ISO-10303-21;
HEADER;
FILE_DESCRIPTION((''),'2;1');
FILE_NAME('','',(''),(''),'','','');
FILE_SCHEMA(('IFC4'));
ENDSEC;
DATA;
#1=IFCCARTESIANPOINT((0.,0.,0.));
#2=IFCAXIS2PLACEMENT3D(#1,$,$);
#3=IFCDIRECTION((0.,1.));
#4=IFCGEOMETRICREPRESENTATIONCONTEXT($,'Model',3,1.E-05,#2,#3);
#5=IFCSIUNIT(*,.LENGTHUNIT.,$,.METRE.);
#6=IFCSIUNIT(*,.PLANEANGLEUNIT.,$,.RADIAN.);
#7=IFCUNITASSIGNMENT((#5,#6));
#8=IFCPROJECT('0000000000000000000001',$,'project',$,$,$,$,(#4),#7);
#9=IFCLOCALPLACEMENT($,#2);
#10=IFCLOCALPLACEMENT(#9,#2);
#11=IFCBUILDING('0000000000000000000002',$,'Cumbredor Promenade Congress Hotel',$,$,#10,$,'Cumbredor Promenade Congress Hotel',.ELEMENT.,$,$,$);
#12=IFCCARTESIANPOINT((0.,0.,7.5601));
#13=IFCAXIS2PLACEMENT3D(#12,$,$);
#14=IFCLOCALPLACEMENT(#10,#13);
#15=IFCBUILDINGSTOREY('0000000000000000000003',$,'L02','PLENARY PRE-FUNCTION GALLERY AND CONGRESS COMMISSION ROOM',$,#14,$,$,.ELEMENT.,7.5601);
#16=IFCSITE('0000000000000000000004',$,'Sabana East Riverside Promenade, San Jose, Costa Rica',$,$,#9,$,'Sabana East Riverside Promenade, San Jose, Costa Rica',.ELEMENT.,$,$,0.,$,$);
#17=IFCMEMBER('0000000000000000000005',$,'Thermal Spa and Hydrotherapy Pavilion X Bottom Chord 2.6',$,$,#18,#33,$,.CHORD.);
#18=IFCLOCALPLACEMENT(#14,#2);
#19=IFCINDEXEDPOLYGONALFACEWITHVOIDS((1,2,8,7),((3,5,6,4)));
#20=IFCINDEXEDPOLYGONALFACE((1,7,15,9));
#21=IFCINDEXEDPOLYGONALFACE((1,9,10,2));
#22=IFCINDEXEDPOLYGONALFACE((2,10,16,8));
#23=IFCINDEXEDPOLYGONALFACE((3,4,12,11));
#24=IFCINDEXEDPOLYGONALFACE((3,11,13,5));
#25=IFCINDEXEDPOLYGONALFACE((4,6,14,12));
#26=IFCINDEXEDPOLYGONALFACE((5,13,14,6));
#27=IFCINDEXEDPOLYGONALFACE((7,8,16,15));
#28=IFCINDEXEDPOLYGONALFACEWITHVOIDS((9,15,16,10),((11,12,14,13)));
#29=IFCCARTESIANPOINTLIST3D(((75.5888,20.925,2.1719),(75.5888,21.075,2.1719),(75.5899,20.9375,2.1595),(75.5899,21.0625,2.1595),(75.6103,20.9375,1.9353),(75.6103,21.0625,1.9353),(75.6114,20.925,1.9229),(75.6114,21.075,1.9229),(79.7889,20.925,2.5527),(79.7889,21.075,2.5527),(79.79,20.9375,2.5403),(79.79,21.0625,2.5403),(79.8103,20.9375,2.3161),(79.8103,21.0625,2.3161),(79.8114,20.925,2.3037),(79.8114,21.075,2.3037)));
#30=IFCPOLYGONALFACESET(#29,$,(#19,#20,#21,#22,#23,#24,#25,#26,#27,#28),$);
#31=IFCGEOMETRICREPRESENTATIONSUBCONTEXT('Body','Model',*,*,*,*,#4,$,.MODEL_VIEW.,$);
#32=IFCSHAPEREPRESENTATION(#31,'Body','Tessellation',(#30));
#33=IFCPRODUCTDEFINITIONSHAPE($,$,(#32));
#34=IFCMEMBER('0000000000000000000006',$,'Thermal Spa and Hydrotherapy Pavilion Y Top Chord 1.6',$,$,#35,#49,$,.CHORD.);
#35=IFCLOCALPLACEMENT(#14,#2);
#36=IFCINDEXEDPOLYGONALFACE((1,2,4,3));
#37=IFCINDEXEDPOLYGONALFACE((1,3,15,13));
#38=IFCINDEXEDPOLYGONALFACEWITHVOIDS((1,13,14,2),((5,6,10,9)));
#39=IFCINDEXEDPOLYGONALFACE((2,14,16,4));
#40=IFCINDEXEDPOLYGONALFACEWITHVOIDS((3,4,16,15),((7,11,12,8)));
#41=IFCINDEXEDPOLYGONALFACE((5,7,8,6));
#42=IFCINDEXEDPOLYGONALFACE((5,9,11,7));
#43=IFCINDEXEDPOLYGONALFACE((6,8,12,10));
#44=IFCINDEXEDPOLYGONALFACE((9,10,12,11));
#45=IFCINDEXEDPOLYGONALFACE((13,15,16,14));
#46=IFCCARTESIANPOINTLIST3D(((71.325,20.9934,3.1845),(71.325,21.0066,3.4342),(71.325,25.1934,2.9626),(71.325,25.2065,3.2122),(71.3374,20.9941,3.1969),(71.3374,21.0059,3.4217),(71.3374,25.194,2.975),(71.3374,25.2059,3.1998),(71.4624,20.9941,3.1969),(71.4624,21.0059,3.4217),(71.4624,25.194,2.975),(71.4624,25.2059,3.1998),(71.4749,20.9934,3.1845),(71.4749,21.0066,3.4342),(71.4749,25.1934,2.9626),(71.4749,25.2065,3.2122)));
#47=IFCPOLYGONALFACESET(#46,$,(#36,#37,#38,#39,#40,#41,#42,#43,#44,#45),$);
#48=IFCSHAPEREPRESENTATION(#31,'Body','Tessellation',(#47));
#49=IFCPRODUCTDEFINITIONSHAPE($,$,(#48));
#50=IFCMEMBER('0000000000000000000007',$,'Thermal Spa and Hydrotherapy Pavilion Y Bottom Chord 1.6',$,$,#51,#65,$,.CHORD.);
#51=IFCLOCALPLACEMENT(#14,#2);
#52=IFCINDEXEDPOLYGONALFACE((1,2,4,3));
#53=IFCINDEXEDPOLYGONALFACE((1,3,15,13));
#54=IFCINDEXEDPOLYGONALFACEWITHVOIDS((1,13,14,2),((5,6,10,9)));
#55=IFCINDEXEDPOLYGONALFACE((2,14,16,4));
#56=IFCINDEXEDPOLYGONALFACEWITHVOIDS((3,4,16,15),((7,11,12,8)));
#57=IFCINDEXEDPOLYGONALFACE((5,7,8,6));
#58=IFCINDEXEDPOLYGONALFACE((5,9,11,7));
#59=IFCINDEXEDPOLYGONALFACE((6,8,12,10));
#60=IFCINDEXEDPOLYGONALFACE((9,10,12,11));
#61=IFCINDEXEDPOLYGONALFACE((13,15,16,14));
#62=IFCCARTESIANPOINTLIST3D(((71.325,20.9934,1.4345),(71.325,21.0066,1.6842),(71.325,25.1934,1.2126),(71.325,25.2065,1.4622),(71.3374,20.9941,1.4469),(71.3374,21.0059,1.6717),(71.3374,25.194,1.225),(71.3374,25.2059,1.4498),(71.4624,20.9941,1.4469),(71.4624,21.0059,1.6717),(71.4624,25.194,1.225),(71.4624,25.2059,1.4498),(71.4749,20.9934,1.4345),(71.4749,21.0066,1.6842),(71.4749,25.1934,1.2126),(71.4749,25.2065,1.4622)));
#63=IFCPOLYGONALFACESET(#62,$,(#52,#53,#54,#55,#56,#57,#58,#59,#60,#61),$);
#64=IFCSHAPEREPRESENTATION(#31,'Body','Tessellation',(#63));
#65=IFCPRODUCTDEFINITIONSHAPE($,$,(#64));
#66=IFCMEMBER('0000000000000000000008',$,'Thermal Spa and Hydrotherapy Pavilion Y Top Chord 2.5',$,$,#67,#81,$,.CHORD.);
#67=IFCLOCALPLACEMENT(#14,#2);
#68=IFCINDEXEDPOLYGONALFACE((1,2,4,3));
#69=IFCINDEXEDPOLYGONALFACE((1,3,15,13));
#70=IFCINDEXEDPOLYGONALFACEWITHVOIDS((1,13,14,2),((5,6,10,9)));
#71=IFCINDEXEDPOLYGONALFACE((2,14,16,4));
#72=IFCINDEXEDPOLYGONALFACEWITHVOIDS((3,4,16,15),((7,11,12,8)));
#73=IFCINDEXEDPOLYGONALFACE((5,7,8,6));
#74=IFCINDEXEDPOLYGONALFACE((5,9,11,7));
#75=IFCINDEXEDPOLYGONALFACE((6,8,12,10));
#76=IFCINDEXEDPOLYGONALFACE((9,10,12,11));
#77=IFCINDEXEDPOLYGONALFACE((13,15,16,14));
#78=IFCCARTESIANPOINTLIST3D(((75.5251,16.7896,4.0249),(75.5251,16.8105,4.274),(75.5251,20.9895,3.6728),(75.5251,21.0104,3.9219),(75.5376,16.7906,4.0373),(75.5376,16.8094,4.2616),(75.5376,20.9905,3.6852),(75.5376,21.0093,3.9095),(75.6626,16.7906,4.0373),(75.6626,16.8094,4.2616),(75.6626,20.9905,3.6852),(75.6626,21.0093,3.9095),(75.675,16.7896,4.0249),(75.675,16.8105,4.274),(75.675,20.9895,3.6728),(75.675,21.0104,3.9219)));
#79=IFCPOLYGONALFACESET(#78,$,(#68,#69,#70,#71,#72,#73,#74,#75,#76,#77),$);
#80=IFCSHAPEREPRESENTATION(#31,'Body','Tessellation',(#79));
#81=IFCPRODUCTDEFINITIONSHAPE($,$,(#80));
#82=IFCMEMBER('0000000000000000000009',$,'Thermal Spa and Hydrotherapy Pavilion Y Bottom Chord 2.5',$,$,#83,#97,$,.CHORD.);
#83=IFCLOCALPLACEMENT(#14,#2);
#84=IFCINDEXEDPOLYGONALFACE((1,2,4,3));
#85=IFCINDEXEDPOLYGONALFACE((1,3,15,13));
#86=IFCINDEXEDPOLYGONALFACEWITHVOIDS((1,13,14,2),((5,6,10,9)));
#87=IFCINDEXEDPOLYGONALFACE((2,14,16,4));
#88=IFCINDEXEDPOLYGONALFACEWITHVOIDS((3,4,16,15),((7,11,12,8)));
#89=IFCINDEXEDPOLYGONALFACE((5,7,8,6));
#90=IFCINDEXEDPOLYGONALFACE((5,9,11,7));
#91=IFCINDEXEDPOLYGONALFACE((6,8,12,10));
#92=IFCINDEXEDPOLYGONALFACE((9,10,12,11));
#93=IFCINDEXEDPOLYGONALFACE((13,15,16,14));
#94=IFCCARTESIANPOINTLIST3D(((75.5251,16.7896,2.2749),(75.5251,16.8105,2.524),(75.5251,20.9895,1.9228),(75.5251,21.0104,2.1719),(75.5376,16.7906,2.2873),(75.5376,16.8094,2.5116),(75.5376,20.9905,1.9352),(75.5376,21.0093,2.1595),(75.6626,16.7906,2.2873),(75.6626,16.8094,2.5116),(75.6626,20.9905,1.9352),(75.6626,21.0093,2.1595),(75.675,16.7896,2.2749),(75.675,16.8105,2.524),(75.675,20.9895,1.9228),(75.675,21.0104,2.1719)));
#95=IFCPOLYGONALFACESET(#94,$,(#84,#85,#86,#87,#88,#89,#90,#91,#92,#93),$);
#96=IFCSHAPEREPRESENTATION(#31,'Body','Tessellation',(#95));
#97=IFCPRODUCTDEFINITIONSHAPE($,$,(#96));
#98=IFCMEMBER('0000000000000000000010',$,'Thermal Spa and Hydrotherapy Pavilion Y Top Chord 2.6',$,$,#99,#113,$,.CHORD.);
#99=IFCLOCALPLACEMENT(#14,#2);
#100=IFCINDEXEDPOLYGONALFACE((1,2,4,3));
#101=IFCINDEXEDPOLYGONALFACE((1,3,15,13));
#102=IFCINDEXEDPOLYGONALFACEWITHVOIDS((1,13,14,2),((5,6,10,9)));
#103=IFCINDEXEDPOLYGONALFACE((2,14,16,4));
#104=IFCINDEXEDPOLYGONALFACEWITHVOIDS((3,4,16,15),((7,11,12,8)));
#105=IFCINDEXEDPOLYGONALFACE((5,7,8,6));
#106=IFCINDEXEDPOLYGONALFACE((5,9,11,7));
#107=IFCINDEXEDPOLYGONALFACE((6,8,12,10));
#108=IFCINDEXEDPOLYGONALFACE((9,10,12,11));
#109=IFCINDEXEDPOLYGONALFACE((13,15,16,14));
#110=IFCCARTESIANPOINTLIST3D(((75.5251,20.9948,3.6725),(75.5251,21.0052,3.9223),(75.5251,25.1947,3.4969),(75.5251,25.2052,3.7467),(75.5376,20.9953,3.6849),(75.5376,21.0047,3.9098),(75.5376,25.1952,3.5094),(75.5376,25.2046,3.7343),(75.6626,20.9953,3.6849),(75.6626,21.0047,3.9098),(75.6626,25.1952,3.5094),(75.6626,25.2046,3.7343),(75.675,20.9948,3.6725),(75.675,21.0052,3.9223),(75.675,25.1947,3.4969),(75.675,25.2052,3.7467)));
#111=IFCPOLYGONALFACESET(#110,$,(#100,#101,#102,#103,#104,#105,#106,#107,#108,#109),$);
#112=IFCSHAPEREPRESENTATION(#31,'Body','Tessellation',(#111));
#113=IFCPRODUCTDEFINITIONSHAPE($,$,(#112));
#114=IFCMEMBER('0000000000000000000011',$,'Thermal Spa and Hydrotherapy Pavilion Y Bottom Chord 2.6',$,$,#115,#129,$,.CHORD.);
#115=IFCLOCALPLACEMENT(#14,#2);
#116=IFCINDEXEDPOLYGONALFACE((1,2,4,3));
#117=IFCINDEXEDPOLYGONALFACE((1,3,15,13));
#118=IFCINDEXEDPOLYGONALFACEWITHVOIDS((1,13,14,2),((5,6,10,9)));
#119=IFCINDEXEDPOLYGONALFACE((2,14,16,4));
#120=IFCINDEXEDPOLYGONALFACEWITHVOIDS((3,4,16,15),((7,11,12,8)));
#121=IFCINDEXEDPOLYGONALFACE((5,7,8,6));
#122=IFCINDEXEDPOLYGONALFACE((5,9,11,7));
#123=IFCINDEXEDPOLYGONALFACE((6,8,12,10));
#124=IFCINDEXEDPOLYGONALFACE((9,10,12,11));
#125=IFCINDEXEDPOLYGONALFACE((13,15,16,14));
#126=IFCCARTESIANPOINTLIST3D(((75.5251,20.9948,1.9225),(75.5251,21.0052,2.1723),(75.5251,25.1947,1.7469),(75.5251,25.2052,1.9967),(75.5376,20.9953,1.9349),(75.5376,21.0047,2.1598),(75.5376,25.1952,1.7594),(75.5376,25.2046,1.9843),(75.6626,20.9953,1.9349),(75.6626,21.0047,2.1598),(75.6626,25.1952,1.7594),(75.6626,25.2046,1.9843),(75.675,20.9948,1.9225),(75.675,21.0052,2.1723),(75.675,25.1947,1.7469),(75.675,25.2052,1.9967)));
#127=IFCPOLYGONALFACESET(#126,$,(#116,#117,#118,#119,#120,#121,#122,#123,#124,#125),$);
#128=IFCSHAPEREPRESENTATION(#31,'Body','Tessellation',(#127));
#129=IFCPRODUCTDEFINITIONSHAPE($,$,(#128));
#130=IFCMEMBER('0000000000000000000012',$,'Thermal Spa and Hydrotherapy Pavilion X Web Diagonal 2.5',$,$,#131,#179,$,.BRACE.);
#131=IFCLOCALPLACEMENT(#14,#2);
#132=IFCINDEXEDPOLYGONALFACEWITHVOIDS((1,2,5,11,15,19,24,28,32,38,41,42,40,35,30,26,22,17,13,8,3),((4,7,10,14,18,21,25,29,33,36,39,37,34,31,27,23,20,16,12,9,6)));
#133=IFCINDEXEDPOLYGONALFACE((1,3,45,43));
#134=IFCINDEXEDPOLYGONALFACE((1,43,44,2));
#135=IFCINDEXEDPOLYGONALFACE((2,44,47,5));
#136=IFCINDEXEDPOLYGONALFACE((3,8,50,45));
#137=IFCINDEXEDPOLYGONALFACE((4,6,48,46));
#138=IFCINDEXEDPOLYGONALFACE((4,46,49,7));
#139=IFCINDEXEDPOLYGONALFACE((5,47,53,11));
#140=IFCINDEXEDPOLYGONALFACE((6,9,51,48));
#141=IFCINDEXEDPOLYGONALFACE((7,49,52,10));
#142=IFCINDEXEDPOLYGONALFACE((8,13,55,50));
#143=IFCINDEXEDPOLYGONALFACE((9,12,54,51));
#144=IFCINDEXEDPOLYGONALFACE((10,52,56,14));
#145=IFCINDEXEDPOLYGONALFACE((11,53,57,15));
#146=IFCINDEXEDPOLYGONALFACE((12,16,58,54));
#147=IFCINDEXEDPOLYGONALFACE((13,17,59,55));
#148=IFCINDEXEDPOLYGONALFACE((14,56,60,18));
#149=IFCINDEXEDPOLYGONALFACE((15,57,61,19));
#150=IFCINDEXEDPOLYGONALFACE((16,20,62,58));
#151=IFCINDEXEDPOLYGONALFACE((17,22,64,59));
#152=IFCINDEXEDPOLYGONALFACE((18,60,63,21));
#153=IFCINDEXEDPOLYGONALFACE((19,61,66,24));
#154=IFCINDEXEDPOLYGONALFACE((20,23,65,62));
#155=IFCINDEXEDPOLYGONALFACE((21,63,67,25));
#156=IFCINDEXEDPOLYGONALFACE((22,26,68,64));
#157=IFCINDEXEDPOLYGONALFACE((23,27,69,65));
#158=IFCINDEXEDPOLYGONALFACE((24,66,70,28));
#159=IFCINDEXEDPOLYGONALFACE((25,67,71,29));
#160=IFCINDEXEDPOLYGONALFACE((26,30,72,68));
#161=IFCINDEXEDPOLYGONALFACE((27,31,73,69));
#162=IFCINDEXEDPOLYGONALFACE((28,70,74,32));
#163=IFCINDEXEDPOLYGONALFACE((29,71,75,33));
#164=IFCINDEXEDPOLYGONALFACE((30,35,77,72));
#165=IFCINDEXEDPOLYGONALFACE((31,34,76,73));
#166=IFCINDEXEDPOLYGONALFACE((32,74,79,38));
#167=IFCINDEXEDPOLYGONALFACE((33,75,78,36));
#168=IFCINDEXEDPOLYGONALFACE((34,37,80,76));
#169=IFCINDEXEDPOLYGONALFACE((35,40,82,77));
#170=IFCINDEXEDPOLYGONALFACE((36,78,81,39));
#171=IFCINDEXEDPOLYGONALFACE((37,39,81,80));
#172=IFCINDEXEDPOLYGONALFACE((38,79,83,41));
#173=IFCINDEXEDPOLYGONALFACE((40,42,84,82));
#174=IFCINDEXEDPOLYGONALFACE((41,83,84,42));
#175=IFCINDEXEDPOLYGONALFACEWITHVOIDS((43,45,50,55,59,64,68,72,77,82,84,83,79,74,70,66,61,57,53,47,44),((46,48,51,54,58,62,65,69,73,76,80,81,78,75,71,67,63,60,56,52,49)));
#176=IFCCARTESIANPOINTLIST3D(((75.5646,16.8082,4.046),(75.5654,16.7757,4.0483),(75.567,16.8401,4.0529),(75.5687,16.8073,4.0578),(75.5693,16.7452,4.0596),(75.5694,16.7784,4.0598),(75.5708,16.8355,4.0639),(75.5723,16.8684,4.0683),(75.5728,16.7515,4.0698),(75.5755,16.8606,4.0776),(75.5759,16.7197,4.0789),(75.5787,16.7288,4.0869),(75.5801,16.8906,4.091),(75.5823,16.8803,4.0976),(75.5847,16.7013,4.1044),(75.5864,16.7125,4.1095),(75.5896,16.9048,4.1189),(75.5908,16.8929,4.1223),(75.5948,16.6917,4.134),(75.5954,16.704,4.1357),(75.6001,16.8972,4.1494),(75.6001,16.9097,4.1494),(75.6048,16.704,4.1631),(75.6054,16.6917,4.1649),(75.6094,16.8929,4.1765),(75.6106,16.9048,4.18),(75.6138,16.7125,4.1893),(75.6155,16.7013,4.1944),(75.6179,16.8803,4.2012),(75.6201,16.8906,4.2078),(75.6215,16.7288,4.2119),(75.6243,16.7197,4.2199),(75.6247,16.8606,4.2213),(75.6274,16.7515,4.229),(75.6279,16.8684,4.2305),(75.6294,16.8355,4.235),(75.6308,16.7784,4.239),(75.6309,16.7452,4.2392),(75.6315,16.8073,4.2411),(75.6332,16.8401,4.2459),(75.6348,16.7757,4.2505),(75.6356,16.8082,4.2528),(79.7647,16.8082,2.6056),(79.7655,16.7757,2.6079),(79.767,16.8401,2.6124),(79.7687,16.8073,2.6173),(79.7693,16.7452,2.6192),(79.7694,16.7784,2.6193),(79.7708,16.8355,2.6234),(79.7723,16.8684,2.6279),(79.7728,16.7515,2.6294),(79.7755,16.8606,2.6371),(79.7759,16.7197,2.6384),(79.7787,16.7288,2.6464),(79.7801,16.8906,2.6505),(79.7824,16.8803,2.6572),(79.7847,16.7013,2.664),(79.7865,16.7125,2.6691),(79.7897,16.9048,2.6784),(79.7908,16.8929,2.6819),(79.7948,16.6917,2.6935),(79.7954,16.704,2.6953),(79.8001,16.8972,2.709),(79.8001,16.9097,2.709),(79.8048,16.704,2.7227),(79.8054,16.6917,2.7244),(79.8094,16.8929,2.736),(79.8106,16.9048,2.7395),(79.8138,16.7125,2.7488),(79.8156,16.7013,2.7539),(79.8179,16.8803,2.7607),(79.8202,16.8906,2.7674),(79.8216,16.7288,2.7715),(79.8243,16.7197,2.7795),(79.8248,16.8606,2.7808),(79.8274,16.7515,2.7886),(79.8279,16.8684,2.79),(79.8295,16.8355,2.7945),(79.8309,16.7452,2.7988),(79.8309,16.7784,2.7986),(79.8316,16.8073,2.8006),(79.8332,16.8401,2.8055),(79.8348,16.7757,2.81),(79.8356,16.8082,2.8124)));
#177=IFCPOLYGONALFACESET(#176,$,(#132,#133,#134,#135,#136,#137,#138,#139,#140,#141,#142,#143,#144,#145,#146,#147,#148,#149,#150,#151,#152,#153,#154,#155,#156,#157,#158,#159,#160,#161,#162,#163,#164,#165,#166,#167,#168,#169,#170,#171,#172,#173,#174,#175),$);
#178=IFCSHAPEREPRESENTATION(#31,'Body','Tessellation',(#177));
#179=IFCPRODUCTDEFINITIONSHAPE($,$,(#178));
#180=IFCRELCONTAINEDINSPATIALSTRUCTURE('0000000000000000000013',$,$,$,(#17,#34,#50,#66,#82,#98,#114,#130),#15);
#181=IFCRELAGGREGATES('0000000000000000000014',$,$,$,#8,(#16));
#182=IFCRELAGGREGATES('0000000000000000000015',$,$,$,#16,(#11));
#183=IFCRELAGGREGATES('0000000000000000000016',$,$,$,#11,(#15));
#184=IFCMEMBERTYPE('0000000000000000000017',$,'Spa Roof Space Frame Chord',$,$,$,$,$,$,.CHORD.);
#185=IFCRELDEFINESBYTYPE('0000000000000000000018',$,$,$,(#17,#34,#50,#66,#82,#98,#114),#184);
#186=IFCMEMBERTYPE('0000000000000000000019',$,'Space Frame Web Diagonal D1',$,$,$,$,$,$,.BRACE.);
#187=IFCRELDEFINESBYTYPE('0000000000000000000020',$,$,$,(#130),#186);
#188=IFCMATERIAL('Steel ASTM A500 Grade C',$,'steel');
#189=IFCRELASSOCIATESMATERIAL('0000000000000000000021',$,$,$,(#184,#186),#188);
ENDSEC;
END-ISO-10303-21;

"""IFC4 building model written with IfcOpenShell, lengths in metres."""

from ifc_helpers import new_model, si_unit, direction, frame, origin, origin_2d, place, context, subcontext, project, spatial, hollow_rectangle, hollow_circle, extrude, material, material_profile, profile_set, type_object, element, save


model = new_model("IFC4")

# Units and contexts
model_context = context("Model", 3, precision=1e-05, world=origin(), true_north=direction((0.0, 1.0)))
body_context = subcontext(model_context, "Body", "Model", "MODEL_VIEW")
ifc_project = project(units=[si_unit("LENGTHUNIT", "METRE"), si_unit("PLANEANGLEUNIT", "RADIAN")], contexts=[model_context])

# Site, building, storey
site_placement = place(None, origin())
site = spatial("IfcSite", under=ifc_project, at=site_placement, Name="Sabana East Riverside Promenade, San Jose, Costa Rica", LongName="Sabana East Riverside Promenade, San Jose, Costa Rica", CompositionType="ELEMENT", RefElevation=0.0)
building_placement = place(site_placement, origin())
building = spatial("IfcBuilding", under=site, at=building_placement, Name="Cumbredor Promenade Congress Hotel", LongName="Cumbredor Promenade Congress Hotel", CompositionType="ELEMENT")
storey_placement = place(building_placement, frame((0.0, 0.0, 7.5601)))
storey = spatial("IfcBuildingStorey", under=building, at=storey_placement, Name="L02", Description="PLENARY PRE-FUNCTION GALLERY AND CONGRESS COMMISSION ROOM", CompositionType="ELEMENT", Elevation=7.5601)

# Members
ifc_material_1 = material(Name="Steel ASTM A500 Grade C", Category="steel")
ifc_material_profile_1 = material_profile(ifc_material_1, hollow_rectangle(XDim=0.1499, YDim=0.25, WallThickness=0.0125, at=origin_2d()), Name="HSS 250x150x12.5")
ifc_profile_set_1 = profile_set([ifc_material_profile_1], Name="Steel ASTM A500 Grade C")
member_type_1 = type_object("IfcMemberType", Name="Spa Roof Space Frame Chord", PredefinedType="CHORD", material=ifc_profile_set_1)
for number, where, z_axis, x_axis, name in (
    (1, (75.6001, 21.0, 2.0474), (0.995914, 0.0, 0.090311), (0.0, 1.0, 0.0), "Thermal Spa and Hydrotherapy Pavilion X Bottom Chord 2.6"),
):
    element("IfcMember", number, at=place(storey_placement, frame(where, z_axis=z_axis, x_axis=x_axis)), inside=storey, type_object=member_type_1, Name=name, PredefinedType="CHORD", context=body_context, shape_type="SweptSolid", body=[
        extrude(hollow_rectangle(XDim=0.1499, YDim=0.25, WallThickness=0.0125, at=origin_2d()), origin(), (0.0, 0.0, 1.0), 4.2173),
    ])
for number, where, z_axis, x_axis, name in (
    (2, (71.3999, 21.0, 3.3093), (0.0, 0.998607, -0.052766), (-1.0, 0.0, 0.0), "Thermal Spa and Hydrotherapy Pavilion Y Top Chord 1.6"),
    (3, (71.3999, 21.0, 1.5593), (0.0, 0.998607, -0.052766), (-1.0, 0.0, 0.0), "Thermal Spa and Hydrotherapy Pavilion Y Bottom Chord 1.6"),
):
    element("IfcMember", number, at=place(storey_placement, frame(where, z_axis=z_axis, x_axis=x_axis)), inside=storey, type_object=member_type_1, Name=name, PredefinedType="CHORD", context=body_context, shape_type="SweptSolid", body=[
        extrude(hollow_rectangle(XDim=0.1499, YDim=0.25, WallThickness=0.0125, at=origin_2d()), origin(), (0.0, 0.0, 1.0), 4.2058),
    ])
for number, where, z_axis, x_axis, name in (
    (4, (75.6001, 16.8, 4.1494), (0.0, 0.996505, -0.08353), (-1.0, 0.0, 0.0), "Thermal Spa and Hydrotherapy Pavilion Y Top Chord 2.5"),
    (5, (75.6001, 16.8, 2.3994), (0.0, 0.996505, -0.08353), (-1.0, 0.0, 0.0), "Thermal Spa and Hydrotherapy Pavilion Y Bottom Chord 2.5"),
):
    element("IfcMember", number, at=place(storey_placement, frame(where, z_axis=z_axis, x_axis=x_axis)), inside=storey, type_object=member_type_1, Name=name, PredefinedType="CHORD", context=body_context, shape_type="SweptSolid", body=[
        extrude(hollow_rectangle(XDim=0.1499, YDim=0.25, WallThickness=0.0125, at=origin_2d()), origin(), (0.0, 0.0, 1.0), 4.2146),
    ])
for number, where, z_axis, x_axis, name in (
    (6, (75.6001, 21.0, 3.7974), (0.0, 0.999128, -0.041759), (-1.0, 0.0, 0.0), "Thermal Spa and Hydrotherapy Pavilion Y Top Chord 2.6"),
    (7, (75.6001, 21.0, 2.0474), (0.0, 0.999128, -0.041759), (-1.0, 0.0, 0.0), "Thermal Spa and Hydrotherapy Pavilion Y Bottom Chord 2.6"),
):
    element("IfcMember", number, at=place(storey_placement, frame(where, z_axis=z_axis, x_axis=x_axis)), inside=storey, type_object=member_type_1, Name=name, PredefinedType="CHORD", context=body_context, shape_type="SweptSolid", body=[
        extrude(hollow_rectangle(XDim=0.1499, YDim=0.25, WallThickness=0.0125, at=origin_2d()), origin(), (0.0, 0.0, 1.0), 4.2036),
    ])
ifc_material_profile_2 = material_profile(ifc_material_1, hollow_circle(Radius=0.1096, WallThickness=0.0125, at=origin_2d()), Name="CHS 219.1x12.5")
ifc_profile_set_2 = profile_set([ifc_material_profile_2], Name="Steel ASTM A500 Grade C")
member_type_2 = type_object("IfcMemberType", Name="Space Frame Web Diagonal D1", PredefinedType="BRACE", material=ifc_profile_set_2)
member_1_placement = place(storey_placement, frame((75.6001, 16.8, 4.1494), z_axis=(0.945915, 0.0, -0.324414), x_axis=(0.0, 1.0, 0.0)))
element("IfcMember", 8, at=member_1_placement, inside=storey, type_object=member_type_2, Name="Thermal Spa and Hydrotherapy Pavilion X Web Diagonal 2.5", PredefinedType="BRACE", context=body_context, shape_type="SweptSolid", body=[
    extrude(hollow_circle(Radius=0.1096, WallThickness=0.0125, at=origin_2d()), origin(), (0.0, 0.0, 1.0), 4.4402),
])

save(model, "model.ifc")
